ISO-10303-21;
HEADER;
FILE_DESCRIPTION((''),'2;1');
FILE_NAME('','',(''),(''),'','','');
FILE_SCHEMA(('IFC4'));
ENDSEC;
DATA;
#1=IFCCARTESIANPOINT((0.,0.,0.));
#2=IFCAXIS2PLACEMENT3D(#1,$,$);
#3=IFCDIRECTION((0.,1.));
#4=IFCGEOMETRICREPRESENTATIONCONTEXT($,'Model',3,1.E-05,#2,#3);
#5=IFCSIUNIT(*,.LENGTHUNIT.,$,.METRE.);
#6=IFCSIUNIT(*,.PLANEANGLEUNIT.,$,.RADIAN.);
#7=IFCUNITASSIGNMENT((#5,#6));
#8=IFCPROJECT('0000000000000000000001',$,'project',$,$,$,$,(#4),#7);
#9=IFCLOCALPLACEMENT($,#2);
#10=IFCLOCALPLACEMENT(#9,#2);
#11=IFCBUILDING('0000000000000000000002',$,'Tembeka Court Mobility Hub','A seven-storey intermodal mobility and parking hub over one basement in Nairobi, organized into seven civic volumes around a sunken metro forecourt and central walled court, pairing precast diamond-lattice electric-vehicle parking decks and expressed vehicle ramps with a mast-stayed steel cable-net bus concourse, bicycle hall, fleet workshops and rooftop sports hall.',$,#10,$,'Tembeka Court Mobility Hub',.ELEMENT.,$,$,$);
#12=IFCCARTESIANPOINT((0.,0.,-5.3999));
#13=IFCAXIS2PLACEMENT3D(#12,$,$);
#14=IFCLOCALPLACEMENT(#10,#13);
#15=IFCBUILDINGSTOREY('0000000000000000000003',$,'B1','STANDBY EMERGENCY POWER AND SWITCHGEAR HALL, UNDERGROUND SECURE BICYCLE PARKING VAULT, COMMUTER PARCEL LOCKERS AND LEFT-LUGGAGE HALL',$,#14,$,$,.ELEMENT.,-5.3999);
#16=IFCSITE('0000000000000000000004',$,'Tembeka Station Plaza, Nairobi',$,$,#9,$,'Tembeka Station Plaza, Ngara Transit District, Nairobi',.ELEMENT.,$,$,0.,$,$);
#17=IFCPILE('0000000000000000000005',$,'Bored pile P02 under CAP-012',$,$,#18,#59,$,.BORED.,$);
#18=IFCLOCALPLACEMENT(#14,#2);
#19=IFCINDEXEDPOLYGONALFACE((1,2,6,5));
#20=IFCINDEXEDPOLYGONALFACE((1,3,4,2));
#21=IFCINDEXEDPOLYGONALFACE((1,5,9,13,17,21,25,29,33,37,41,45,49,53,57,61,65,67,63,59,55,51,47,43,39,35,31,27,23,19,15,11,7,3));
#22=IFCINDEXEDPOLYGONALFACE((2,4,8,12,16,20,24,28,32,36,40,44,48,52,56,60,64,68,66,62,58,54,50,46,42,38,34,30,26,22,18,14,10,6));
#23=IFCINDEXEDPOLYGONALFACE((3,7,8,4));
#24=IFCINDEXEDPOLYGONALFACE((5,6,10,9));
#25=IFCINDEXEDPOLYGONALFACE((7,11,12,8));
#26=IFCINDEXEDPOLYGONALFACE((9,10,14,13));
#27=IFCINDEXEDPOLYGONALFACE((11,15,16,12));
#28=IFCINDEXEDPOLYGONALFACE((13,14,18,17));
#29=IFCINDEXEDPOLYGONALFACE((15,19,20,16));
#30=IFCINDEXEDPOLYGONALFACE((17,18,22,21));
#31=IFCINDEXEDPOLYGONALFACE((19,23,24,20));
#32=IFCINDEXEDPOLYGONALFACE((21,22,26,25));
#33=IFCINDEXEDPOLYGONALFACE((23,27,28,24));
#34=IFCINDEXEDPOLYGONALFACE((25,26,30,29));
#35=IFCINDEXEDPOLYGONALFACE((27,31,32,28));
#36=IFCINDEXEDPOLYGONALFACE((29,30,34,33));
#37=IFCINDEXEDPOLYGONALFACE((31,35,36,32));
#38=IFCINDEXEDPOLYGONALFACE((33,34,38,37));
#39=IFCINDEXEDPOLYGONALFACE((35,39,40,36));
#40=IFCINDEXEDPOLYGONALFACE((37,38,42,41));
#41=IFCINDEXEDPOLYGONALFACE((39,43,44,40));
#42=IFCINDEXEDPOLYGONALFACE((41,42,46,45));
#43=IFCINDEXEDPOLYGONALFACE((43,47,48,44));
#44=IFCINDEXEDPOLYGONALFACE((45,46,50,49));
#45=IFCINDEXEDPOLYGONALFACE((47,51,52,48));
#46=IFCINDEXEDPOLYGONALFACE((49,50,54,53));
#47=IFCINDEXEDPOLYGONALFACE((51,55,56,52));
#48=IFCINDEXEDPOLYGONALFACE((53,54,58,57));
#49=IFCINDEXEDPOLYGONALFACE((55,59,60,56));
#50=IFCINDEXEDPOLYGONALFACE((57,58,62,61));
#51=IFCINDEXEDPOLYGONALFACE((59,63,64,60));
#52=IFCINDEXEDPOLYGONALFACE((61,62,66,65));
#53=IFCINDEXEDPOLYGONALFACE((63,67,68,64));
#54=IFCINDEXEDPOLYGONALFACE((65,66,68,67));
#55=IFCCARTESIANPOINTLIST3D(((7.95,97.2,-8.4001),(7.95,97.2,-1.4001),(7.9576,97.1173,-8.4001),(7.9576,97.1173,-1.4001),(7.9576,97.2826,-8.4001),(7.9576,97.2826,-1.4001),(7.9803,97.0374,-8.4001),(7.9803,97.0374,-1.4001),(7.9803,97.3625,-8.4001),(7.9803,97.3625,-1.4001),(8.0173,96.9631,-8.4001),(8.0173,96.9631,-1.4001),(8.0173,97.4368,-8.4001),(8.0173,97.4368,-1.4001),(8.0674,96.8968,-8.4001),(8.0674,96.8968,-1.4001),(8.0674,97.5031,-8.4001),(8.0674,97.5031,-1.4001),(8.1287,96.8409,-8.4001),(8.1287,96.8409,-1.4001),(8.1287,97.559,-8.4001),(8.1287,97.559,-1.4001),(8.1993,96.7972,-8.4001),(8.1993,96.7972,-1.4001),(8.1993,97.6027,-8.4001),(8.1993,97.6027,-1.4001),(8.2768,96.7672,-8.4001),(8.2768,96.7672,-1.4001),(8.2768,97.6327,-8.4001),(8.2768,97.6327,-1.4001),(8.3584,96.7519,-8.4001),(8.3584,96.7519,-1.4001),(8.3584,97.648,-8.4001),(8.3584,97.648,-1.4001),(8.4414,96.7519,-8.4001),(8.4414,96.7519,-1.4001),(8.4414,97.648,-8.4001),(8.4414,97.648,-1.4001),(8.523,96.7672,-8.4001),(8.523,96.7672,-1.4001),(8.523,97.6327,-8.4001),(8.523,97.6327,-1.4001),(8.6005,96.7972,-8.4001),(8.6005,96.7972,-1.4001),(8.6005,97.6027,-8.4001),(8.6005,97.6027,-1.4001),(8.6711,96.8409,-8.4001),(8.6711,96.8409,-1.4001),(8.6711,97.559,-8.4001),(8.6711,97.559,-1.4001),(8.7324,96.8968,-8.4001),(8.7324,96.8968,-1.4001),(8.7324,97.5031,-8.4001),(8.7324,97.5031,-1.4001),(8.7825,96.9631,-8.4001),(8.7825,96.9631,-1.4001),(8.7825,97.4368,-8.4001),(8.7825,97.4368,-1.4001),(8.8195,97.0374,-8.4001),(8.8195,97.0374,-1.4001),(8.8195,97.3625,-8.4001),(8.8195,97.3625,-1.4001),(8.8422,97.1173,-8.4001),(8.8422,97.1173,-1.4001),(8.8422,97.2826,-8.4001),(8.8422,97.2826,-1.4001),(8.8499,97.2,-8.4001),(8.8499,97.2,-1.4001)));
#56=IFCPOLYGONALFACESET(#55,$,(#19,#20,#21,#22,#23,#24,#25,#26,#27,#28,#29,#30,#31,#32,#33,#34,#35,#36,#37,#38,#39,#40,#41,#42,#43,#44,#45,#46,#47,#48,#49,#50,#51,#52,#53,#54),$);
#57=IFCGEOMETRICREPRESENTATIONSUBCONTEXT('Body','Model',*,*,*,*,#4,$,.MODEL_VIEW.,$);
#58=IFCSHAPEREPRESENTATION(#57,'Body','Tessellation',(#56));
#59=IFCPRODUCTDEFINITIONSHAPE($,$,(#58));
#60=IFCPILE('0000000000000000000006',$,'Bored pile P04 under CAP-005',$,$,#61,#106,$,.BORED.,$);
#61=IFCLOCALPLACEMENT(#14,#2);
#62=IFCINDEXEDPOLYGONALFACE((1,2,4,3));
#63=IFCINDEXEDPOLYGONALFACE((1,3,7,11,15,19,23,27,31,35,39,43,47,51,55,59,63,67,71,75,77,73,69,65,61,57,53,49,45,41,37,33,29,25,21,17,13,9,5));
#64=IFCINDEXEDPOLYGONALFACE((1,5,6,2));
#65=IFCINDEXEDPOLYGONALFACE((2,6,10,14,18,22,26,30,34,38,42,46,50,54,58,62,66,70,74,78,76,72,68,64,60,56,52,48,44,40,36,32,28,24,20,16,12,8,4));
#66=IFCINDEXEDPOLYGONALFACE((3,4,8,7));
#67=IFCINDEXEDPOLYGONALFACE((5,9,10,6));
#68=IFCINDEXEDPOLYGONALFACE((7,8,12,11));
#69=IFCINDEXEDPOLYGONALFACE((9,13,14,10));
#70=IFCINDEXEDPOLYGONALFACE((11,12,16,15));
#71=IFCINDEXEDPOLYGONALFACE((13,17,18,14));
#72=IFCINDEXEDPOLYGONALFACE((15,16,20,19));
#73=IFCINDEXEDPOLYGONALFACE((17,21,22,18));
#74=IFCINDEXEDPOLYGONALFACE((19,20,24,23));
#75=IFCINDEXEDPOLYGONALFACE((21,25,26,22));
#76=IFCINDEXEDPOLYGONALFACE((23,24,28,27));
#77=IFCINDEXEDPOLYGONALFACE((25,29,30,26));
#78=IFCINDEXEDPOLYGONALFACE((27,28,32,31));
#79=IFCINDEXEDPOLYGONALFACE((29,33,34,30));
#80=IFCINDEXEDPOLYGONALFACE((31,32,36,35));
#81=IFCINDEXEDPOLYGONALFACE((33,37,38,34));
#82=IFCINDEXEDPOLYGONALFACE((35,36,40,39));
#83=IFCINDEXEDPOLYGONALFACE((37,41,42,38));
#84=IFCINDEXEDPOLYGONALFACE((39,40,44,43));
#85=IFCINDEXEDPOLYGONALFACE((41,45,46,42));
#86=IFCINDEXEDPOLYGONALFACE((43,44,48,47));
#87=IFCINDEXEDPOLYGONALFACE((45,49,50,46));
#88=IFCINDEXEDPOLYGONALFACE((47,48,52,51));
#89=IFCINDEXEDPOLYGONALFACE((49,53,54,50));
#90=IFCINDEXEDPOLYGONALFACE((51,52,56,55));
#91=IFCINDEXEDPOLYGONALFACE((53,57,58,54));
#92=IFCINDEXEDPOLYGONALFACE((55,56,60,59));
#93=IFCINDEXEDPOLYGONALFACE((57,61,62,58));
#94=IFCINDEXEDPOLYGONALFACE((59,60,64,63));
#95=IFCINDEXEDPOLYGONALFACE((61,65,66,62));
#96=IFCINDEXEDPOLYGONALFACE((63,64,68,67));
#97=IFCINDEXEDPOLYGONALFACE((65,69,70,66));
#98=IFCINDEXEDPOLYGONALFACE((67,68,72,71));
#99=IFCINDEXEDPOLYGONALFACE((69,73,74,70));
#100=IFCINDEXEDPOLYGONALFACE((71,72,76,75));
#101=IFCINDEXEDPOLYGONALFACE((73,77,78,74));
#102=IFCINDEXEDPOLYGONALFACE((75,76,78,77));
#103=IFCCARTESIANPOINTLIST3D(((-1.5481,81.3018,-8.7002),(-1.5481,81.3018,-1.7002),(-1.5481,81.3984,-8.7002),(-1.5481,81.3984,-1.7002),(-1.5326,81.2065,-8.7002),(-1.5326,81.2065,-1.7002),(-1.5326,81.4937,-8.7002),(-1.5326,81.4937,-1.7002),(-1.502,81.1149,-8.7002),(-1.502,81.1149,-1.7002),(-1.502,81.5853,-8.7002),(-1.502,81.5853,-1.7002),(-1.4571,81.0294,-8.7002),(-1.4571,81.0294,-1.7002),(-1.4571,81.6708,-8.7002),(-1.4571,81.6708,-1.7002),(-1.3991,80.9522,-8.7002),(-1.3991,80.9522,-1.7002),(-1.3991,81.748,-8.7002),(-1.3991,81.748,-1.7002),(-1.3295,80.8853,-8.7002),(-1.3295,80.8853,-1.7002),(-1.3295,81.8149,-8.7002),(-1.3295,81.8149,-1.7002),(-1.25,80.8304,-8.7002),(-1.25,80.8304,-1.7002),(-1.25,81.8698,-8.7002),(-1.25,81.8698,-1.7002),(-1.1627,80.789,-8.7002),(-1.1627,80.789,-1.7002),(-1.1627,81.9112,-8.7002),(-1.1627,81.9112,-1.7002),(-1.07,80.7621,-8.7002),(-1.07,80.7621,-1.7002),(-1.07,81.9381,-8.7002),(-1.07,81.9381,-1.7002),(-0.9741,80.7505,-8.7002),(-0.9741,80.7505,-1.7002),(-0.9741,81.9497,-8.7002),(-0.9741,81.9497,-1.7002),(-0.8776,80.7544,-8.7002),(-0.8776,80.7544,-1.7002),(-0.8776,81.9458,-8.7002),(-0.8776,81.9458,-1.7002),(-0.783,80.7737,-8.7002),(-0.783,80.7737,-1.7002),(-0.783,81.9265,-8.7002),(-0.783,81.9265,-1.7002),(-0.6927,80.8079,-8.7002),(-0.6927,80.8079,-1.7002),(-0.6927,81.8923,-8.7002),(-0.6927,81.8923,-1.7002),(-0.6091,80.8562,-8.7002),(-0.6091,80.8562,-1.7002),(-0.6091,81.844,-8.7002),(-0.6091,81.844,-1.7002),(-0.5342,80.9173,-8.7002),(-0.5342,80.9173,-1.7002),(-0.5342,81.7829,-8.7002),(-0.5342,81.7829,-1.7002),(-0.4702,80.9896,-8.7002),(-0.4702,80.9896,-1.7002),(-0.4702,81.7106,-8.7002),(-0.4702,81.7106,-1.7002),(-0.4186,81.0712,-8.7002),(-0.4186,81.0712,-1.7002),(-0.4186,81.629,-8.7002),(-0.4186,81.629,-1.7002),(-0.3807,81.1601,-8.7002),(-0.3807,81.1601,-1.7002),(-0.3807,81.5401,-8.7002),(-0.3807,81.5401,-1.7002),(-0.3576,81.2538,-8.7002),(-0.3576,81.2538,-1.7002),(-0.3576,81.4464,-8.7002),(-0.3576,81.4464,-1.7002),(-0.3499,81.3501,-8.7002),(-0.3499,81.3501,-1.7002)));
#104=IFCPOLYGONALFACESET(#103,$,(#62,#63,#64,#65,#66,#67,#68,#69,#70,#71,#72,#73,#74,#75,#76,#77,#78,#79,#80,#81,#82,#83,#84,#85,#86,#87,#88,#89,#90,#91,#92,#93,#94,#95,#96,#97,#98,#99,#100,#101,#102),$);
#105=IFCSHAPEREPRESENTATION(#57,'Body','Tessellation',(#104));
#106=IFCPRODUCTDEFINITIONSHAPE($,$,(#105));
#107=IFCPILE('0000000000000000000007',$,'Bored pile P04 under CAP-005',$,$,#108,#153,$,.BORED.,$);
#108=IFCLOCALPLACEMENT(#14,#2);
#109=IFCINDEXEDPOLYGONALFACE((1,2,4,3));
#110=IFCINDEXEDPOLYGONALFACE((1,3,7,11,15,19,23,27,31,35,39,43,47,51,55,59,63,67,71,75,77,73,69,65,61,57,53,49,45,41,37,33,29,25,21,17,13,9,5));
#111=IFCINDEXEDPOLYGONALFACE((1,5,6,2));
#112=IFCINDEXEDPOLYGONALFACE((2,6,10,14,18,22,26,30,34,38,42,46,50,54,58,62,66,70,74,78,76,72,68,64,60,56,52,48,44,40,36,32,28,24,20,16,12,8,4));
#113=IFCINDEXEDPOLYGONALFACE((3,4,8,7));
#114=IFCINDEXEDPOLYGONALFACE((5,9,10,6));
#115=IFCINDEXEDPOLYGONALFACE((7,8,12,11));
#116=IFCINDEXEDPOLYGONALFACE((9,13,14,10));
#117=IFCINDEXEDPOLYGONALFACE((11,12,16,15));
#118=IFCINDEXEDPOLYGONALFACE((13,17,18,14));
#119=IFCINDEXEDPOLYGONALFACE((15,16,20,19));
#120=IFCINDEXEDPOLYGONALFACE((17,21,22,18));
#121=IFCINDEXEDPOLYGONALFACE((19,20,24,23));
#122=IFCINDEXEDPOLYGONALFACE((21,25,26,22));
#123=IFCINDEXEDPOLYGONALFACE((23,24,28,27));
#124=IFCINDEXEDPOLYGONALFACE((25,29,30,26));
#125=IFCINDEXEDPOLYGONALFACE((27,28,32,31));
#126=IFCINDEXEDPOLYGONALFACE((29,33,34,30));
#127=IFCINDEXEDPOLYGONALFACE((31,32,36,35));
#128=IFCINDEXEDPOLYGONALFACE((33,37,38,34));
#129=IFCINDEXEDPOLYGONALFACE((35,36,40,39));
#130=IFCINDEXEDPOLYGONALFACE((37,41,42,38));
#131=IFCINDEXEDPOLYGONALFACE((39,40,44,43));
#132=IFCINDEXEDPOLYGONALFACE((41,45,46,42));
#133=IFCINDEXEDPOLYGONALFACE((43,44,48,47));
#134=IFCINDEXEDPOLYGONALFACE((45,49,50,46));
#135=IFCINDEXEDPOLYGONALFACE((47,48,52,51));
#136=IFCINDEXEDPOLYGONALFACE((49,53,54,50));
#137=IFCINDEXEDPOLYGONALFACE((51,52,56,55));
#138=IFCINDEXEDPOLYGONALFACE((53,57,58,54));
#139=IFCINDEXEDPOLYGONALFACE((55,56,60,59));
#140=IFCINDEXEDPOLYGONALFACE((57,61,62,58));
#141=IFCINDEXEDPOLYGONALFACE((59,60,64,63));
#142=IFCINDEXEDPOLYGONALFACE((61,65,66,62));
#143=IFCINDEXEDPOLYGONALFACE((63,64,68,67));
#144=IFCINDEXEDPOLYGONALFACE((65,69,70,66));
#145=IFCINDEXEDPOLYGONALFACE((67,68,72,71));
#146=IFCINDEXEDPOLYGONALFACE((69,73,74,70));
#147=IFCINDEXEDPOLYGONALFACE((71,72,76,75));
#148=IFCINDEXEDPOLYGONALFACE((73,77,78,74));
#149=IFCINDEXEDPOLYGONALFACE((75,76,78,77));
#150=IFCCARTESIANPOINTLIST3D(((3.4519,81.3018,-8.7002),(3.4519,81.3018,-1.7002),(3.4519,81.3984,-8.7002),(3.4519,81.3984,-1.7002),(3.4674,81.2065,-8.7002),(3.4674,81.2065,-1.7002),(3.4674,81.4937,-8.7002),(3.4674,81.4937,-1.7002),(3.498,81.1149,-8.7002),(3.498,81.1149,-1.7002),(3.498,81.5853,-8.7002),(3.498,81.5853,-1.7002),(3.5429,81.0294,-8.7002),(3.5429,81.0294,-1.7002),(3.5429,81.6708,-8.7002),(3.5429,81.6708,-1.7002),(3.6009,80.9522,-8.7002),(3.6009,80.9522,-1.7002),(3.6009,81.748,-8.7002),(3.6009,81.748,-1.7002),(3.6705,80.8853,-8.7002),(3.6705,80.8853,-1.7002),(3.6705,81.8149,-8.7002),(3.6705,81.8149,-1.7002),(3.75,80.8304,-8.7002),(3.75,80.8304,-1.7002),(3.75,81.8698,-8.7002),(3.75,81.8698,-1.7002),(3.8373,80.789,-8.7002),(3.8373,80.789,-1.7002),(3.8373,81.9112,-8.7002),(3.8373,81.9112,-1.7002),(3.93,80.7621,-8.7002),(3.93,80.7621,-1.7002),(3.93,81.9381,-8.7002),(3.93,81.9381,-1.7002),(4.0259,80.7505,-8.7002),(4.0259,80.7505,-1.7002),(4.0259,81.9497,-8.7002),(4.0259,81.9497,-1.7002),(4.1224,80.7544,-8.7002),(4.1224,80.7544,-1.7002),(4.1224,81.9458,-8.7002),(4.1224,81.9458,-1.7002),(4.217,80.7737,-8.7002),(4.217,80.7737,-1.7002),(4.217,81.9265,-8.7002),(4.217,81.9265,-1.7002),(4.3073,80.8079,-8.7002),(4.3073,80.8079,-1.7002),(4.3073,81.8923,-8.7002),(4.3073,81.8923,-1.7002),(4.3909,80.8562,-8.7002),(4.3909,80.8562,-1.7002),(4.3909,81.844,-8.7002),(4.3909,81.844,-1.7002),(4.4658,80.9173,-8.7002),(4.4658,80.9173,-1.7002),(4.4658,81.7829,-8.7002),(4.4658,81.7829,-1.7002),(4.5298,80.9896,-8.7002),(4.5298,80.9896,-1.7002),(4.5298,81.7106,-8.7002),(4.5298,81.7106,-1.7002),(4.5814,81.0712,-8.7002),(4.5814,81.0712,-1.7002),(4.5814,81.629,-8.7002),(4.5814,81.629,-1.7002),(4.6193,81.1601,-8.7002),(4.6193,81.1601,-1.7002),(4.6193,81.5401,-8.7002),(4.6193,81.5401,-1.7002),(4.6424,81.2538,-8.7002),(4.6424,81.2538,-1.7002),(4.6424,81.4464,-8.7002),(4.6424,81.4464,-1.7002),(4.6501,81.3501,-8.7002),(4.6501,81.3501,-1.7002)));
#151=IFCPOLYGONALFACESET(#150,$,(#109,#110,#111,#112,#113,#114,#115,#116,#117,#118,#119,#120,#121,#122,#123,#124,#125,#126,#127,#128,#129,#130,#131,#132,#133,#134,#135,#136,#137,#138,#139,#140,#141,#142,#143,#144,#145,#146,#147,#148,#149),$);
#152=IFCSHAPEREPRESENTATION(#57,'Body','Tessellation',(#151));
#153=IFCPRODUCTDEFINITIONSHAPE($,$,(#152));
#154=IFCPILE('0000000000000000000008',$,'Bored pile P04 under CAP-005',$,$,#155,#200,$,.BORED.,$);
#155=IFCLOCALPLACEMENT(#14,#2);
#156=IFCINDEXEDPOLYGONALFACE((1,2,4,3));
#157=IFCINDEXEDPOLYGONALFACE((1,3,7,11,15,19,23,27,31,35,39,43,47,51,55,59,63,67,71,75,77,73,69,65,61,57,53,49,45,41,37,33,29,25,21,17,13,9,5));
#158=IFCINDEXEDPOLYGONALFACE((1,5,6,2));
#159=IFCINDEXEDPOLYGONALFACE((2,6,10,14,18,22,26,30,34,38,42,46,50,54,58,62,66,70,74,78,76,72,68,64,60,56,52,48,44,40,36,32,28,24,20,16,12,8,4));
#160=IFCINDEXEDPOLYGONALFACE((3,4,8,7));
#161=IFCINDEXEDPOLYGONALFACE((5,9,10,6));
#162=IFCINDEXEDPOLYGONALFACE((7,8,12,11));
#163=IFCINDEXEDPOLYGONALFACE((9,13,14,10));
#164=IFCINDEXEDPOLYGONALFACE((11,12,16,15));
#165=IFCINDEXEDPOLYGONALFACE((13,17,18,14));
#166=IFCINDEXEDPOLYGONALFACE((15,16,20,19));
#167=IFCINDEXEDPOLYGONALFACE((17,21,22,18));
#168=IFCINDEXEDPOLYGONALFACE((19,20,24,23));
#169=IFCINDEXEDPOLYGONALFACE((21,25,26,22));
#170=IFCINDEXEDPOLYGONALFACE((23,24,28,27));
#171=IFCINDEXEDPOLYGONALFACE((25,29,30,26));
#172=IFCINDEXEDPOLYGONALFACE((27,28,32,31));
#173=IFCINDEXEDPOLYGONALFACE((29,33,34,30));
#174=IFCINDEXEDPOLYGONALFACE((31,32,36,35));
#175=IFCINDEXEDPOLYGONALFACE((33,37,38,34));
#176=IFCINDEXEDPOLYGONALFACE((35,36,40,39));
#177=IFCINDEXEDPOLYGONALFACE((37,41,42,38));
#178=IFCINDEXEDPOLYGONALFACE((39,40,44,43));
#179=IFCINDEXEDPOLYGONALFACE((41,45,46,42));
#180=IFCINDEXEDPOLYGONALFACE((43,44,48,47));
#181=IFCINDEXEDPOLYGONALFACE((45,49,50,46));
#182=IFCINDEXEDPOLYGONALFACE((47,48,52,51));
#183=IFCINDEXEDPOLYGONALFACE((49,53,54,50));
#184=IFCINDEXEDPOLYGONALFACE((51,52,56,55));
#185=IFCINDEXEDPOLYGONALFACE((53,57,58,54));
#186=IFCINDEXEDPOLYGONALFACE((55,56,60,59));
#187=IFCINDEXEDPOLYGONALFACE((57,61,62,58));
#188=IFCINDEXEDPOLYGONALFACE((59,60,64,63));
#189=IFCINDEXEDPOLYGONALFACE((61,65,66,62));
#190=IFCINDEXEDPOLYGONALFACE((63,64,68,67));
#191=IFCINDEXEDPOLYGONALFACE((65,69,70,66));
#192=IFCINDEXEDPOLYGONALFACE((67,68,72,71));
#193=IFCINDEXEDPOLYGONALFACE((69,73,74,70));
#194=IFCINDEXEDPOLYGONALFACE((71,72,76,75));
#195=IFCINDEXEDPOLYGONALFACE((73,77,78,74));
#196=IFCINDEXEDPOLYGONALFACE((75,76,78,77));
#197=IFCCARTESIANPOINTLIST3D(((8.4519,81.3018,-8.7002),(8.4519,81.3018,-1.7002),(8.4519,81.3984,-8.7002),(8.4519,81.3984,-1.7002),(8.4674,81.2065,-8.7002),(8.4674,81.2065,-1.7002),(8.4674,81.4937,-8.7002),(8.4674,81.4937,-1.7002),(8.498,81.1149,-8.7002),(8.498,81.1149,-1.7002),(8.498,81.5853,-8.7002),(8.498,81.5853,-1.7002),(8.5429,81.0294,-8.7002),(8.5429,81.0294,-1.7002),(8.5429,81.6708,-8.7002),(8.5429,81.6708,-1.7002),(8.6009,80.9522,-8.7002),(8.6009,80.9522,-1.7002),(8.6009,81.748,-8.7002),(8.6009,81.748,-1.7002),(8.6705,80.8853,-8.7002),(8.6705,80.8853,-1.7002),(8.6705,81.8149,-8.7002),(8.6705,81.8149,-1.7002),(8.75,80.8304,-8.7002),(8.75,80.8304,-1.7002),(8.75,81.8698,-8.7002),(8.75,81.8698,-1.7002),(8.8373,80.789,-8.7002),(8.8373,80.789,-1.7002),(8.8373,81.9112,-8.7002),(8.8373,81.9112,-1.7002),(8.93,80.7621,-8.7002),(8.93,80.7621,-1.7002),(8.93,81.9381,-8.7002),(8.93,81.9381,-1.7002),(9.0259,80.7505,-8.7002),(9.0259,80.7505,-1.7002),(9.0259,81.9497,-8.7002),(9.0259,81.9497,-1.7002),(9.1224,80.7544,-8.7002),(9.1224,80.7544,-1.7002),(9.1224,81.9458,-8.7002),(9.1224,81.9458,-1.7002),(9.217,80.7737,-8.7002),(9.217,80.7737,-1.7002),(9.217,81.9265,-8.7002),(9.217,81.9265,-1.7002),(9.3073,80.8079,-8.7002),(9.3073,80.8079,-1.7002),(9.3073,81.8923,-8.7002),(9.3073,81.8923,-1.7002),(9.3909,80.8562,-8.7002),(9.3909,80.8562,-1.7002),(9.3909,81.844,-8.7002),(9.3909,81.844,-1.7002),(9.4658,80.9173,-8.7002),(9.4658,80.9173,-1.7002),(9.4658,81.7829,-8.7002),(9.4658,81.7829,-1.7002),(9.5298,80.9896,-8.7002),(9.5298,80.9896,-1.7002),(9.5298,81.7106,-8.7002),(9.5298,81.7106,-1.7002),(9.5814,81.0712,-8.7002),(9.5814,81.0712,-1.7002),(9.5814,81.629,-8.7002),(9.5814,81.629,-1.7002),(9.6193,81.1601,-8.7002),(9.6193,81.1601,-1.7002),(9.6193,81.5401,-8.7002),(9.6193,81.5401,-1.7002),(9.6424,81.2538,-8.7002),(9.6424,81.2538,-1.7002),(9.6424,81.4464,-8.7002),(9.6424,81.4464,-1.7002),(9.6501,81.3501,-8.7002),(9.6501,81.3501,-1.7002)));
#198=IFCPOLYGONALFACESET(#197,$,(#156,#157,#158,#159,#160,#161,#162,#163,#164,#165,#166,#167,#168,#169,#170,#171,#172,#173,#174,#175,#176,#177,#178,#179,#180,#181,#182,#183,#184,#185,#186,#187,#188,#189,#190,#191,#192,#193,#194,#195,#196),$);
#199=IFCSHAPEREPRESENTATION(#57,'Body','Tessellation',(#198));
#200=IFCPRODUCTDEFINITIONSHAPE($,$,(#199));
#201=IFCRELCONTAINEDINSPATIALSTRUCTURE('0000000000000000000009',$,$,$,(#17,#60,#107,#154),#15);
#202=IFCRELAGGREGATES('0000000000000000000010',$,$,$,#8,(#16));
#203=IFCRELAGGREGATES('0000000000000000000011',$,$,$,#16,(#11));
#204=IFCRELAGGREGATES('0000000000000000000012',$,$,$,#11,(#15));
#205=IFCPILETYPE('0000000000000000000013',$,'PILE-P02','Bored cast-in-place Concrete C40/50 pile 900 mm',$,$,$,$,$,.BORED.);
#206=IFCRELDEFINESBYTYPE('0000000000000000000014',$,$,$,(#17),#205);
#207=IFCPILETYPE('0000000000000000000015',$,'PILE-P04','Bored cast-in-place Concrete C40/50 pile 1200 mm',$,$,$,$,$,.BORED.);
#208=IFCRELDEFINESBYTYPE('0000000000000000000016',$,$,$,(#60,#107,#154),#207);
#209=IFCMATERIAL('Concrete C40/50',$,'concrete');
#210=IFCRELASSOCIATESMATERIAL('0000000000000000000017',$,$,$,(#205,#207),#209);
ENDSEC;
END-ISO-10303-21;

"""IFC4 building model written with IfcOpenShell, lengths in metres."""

from ifc_helpers import new_model, si_unit, direction, frame, origin, origin_2d, place, context, subcontext, project, spatial, circle, extrude, material, material_profile, profile_set, type_object, element, save


model = new_model("IFC4")

# Units and contexts
model_context = context("Model", 3, precision=1e-05, world=origin(), true_north=direction((0.0, 1.0)))
body_context = subcontext(model_context, "Body", "Model", "MODEL_VIEW")
ifc_project = project(units=[si_unit("LENGTHUNIT", "METRE"), si_unit("PLANEANGLEUNIT", "RADIAN")], contexts=[model_context])

# Site, building, storey
site_placement = place(None, origin())
site = spatial("IfcSite", under=ifc_project, at=site_placement, Name="Tembeka Station Plaza, Nairobi", LongName="Tembeka Station Plaza, Ngara Transit District, Nairobi", CompositionType="ELEMENT", RefElevation=0.0)
building_placement = place(site_placement, origin())
building = spatial("IfcBuilding", under=site, at=building_placement, Name="Tembeka Court Mobility Hub", Description="A seven-storey intermodal mobility and parking hub over one basement in Nairobi, organized into seven civic volumes around a sunken metro forecourt and central walled court, pairing precast diamond-lattice electric-vehicle parking decks and expressed vehicle ramps with a mast-stayed steel cable-net bus concourse, bicycle hall, fleet workshops and rooftop sports hall.", LongName="Tembeka Court Mobility Hub", CompositionType="ELEMENT")
storey_placement = place(building_placement, frame((0.0, 0.0, -5.3999)))
storey = spatial("IfcBuildingStorey", under=building, at=storey_placement, Name="B1", Description="STANDBY EMERGENCY POWER AND SWITCHGEAR HALL, UNDERGROUND SECURE BICYCLE PARKING VAULT, COMMUTER PARCEL LOCKERS AND LEFT-LUGGAGE HALL", CompositionType="ELEMENT", Elevation=-5.3999)

# Shared definitions
ifc_material_1 = material(Name="Concrete C40/50", Category="concrete")

# Piles
ifc_material_profile_1 = material_profile(ifc_material_1, circle(Radius=0.45, at=origin_2d()), Name="PILE D900")
ifc_profile_set_1 = profile_set([ifc_material_profile_1], Name="Concrete C40/50")
pile_type_1 = type_object("IfcPileType", Name="PILE-P02", Description="Bored cast-in-place Concrete C40/50 pile 900 mm", PredefinedType="BORED", material=ifc_profile_set_1)
for number, where, z_axis, x_axis, name in (
    (1, (8.3999, 97.2, -1.4001), (0.0, 0.0, -1.0), (1.0, 0.0, 0.0), "Bored pile P02 under CAP-012"),
):
    element("IfcPile", number, at=place(storey_placement, frame(where, z_axis=z_axis, x_axis=x_axis)), inside=storey, type_object=pile_type_1, Name=name, PredefinedType="BORED", context=body_context, shape_type="SweptSolid", body=[
        extrude(circle(Radius=0.45, at=origin_2d()), origin(), (0.0, 0.0, 1.0), 7.0),
    ])
ifc_material_profile_2 = material_profile(ifc_material_1, circle(Radius=0.6001, at=origin_2d()), Name="PILE D1200")
ifc_profile_set_2 = profile_set([ifc_material_profile_2], Name="Concrete C40/50")
pile_type_2 = type_object("IfcPileType", Name="PILE-P04", Description="Bored cast-in-place Concrete C40/50 pile 1200 mm", PredefinedType="BORED", material=ifc_profile_set_2)
for number, where, z_axis, x_axis, name in (
    (2, (-0.95, 81.3501, -1.7002), (0.0, 0.0, -1.0), (1.0, 0.0, 0.0), "Bored pile P04 under CAP-005"),
    (3, (4.05, 81.3501, -1.7002), (0.0, 0.0, -1.0), (1.0, 0.0, 0.0), "Bored pile P04 under CAP-005"),
    (4, (9.05, 81.3501, -1.7002), (0.0, 0.0, -1.0), (1.0, 0.0, 0.0), "Bored pile P04 under CAP-005"),
):
    element("IfcPile", number, at=place(storey_placement, frame(where, z_axis=z_axis, x_axis=x_axis)), inside=storey, type_object=pile_type_2, Name=name, PredefinedType="BORED", context=body_context, shape_type="SweptSolid", body=[
        extrude(circle(Radius=0.6001, at=origin_2d()), origin(), (0.0, 0.0, 1.0), 7.0),
    ])

save(model, "model.ifc")
